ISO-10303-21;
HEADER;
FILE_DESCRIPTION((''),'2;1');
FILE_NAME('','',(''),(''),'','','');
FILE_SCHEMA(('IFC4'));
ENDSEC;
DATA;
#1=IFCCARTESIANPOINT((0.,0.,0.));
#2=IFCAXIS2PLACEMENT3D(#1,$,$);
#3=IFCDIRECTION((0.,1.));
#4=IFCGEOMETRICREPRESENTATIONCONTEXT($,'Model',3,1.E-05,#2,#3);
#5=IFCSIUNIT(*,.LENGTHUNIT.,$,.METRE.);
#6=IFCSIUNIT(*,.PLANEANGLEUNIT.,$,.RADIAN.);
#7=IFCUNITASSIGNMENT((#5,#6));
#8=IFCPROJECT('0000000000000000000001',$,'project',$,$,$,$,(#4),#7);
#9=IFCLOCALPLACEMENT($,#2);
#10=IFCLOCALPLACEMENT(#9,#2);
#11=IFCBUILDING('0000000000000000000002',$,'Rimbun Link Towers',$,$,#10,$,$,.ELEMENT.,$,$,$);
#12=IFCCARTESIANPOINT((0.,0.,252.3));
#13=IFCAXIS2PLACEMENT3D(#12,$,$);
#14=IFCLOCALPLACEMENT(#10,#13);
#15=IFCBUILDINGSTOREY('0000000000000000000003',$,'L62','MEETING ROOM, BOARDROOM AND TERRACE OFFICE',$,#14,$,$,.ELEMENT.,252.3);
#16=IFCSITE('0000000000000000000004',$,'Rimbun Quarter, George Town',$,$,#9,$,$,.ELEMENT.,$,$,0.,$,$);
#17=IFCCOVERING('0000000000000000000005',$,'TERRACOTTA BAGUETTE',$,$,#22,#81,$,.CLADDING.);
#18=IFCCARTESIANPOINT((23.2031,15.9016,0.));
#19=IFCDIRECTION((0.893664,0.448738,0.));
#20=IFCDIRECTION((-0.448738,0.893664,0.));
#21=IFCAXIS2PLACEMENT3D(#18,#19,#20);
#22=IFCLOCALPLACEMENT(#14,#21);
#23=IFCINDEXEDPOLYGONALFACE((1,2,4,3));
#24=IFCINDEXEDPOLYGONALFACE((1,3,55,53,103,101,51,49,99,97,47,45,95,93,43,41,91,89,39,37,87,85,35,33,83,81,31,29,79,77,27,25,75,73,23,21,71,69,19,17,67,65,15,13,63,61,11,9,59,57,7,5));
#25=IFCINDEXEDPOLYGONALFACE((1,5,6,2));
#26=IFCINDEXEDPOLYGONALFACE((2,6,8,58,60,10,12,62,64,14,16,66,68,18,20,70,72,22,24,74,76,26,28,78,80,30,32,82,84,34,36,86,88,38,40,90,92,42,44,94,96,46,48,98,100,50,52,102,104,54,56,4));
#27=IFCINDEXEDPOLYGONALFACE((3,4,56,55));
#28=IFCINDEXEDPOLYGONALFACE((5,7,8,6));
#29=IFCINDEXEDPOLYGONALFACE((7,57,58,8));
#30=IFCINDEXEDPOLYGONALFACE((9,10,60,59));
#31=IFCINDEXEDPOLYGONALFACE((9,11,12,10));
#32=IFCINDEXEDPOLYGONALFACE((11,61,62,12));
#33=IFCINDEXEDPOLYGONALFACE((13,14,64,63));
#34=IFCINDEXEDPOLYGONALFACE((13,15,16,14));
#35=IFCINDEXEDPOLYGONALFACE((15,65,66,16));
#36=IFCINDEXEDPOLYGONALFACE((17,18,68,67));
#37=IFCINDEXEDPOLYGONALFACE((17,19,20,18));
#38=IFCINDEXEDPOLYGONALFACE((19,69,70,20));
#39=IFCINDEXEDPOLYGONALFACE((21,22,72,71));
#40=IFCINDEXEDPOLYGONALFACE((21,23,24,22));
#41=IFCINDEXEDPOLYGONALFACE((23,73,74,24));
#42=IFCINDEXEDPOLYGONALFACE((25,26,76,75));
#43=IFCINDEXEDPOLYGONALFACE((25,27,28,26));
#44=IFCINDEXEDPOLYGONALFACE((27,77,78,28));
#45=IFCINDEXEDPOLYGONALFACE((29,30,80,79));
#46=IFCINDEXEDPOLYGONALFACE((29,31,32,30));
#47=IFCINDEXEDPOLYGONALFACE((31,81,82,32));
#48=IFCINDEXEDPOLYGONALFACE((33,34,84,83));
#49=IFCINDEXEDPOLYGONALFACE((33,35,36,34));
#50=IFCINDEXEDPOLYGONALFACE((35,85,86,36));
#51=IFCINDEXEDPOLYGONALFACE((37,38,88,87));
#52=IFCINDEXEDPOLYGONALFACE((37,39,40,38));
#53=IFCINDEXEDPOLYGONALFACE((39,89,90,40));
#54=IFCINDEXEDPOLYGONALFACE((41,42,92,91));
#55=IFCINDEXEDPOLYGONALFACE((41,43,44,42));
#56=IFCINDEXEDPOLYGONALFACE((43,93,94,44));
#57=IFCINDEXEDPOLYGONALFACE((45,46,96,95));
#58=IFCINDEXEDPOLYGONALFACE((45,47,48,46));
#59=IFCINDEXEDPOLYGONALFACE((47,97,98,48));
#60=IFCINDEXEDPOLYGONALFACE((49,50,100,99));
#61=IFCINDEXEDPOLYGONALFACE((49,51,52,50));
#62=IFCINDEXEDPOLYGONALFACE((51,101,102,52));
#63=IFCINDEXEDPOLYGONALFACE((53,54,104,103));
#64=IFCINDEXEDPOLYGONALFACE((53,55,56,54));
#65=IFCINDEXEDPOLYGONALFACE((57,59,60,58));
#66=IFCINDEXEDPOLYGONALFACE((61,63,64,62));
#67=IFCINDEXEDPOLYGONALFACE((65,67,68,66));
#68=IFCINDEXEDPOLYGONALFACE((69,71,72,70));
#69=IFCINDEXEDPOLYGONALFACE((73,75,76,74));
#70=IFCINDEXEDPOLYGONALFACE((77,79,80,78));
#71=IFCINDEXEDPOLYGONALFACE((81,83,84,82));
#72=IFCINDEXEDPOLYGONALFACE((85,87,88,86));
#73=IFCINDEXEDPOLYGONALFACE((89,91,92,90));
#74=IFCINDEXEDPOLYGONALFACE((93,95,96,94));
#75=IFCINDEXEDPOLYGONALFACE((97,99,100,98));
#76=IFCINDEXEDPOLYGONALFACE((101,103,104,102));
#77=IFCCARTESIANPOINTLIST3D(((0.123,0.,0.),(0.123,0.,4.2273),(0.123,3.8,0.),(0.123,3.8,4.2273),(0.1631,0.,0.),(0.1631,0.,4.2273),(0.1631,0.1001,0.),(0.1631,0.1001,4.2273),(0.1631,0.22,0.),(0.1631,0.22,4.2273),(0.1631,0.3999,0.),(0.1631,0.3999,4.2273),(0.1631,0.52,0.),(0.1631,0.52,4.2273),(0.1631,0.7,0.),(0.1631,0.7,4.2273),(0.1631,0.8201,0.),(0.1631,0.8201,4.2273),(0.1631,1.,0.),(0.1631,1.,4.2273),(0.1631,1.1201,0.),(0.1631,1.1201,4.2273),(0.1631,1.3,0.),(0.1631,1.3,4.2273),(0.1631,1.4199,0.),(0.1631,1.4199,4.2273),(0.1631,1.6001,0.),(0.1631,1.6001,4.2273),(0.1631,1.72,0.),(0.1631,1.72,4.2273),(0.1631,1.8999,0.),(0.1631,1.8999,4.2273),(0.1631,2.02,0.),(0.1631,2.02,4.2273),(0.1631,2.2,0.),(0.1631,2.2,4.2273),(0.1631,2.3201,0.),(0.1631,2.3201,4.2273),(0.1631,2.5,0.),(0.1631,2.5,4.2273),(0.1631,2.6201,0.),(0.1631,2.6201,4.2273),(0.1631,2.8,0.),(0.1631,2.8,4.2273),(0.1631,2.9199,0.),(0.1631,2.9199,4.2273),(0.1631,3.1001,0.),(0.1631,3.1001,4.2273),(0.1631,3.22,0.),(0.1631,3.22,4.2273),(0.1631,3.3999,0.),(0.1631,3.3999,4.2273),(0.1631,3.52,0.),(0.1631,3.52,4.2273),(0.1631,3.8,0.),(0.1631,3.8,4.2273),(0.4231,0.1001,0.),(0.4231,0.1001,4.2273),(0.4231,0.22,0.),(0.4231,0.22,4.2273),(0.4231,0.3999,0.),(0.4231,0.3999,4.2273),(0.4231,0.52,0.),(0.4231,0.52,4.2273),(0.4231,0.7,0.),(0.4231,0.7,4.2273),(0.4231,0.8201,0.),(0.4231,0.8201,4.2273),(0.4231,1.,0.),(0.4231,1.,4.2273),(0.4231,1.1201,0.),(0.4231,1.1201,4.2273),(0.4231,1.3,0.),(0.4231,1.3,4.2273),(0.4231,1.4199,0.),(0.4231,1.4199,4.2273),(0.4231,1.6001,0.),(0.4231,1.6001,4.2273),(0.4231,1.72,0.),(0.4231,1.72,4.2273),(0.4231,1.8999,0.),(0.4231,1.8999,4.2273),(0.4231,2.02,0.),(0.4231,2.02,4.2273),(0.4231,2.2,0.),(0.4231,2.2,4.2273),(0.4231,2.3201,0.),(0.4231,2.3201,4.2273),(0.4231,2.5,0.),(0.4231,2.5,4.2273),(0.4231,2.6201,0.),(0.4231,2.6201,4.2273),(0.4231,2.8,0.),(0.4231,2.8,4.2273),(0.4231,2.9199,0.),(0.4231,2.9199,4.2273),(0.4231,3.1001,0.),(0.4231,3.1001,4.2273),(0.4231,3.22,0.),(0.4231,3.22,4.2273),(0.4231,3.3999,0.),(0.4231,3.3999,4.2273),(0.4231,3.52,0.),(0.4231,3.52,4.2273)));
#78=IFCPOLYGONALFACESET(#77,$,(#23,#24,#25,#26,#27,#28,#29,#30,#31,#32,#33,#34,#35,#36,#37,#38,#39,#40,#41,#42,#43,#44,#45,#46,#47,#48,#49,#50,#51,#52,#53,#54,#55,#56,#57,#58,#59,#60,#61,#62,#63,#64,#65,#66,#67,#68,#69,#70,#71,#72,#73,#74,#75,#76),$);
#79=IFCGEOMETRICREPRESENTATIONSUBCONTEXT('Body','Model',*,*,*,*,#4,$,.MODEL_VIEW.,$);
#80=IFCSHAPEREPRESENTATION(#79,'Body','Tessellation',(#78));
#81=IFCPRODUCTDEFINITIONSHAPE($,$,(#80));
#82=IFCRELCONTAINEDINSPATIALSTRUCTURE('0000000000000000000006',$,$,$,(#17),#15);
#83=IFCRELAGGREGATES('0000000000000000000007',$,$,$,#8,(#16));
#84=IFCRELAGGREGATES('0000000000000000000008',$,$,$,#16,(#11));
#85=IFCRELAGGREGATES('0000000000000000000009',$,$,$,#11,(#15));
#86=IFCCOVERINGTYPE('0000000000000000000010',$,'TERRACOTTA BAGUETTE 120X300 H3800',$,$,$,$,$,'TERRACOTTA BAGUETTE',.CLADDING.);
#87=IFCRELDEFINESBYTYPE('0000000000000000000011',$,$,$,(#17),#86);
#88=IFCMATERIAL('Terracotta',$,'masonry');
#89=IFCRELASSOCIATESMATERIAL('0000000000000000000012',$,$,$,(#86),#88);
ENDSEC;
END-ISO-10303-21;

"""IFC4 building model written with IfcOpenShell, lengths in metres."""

from ifc_helpers import new_model, si_unit, direction, frame, origin, place, context, subcontext, project, spatial, polyline, outline, extrude, material, material_profile, profile_set, type_object, element, save


model = new_model("IFC4")

# Units and contexts
model_context = context("Model", 3, precision=1e-05, world=origin(), true_north=direction((0.0, 1.0)))
body_context = subcontext(model_context, "Body", "Model", "MODEL_VIEW")
ifc_project = project(units=[si_unit("LENGTHUNIT", "METRE"), si_unit("PLANEANGLEUNIT", "RADIAN")], contexts=[model_context])

# Site, building, storey
site_placement = place(None, origin())
site = spatial("IfcSite", under=ifc_project, at=site_placement, Name="Rimbun Quarter, George Town", CompositionType="ELEMENT", RefElevation=0.0)
building_placement = place(site_placement, origin())
building = spatial("IfcBuilding", under=site, at=building_placement, Name="Rimbun Link Towers", CompositionType="ELEMENT")
storey_placement = place(building_placement, frame((0.0, 0.0, 252.3)))
storey = spatial("IfcBuildingStorey", under=building, at=storey_placement, Name="L62", Description="MEETING ROOM, BOARDROOM AND TERRACE OFFICE", CompositionType="ELEMENT", Elevation=252.3)

# Covering
ifc_material_1 = material(Name="Terracotta", Category="masonry")
ifc_material_profile_1 = material_profile(ifc_material_1, outline(polyline([(0.123, 0.0), (0.1631, 0.0), (0.1631, 0.1001), (0.4231, 0.1001), (0.4231, 0.22), (0.1631, 0.22), (0.1631, 0.3999), (0.4231, 0.3999), (0.4231, 0.52), (0.1631, 0.52), (0.1631, 0.7), (0.4231, 0.7), (0.4231, 0.8201), (0.1631, 0.8201), (0.1631, 1.0), (0.4231, 1.0), (0.4231, 1.1201), (0.1631, 1.1201), (0.1631, 1.3), (0.4231, 1.3), (0.4231, 1.4199), (0.1631, 1.4199), (0.1631, 1.6001), (0.4231, 1.6001), (0.4231, 1.72), (0.1631, 1.72), (0.1631, 1.8999), (0.4231, 1.8999), (0.4231, 2.02), (0.1631, 2.02), (0.1631, 2.2), (0.4231, 2.2), (0.4231, 2.3201), (0.1631, 2.3201), (0.1631, 2.5), (0.4231, 2.5), (0.4231, 2.6201), (0.1631, 2.6201), (0.1631, 2.8), (0.4231, 2.8), (0.4231, 2.9199), (0.1631, 2.9199), (0.1631, 3.1001), (0.4231, 3.1001), (0.4231, 3.22), (0.1631, 3.22), (0.1631, 3.3999), (0.4231, 3.3999), (0.4231, 3.52), (0.1631, 3.52), (0.1631, 3.8), (0.123, 3.8), (0.123, 0.0)])), Name="BAGUETTE 120X300")
ifc_profile_set_1 = profile_set([ifc_material_profile_1], Name="Terracotta")
covering_type = type_object("IfcCoveringType", Name="TERRACOTTA BAGUETTE 120X300 H3800", ElementType="TERRACOTTA BAGUETTE", PredefinedType="CLADDING", material=ifc_profile_set_1)
covering_1_placement = place(storey_placement, frame((23.2031, 15.9016, 0.0), z_axis=(0.893664, 0.448738, 0.0), x_axis=(-0.448738, 0.893664, 0.0)))
element("IfcCovering", 1, at=covering_1_placement, inside=storey, type_object=covering_type, Name="TERRACOTTA BAGUETTE", PredefinedType="CLADDING", context=body_context, shape_type="SweptSolid", body=[
    extrude(outline(polyline([(0.123, 0.0), (0.1631, 0.0), (0.1631, 0.1001), (0.4231, 0.1001), (0.4231, 0.22), (0.1631, 0.22), (0.1631, 0.3999), (0.4231, 0.3999), (0.4231, 0.52), (0.1631, 0.52), (0.1631, 0.7), (0.4231, 0.7), (0.4231, 0.8201), (0.1631, 0.8201), (0.1631, 1.0), (0.4231, 1.0), (0.4231, 1.1201), (0.1631, 1.1201), (0.1631, 1.3), (0.4231, 1.3), (0.4231, 1.4199), (0.1631, 1.4199), (0.1631, 1.6001), (0.4231, 1.6001), (0.4231, 1.72), (0.1631, 1.72), (0.1631, 1.8999), (0.4231, 1.8999), (0.4231, 2.02), (0.1631, 2.02), (0.1631, 2.2), (0.4231, 2.2), (0.4231, 2.3201), (0.1631, 2.3201), (0.1631, 2.5), (0.4231, 2.5), (0.4231, 2.6201), (0.1631, 2.6201), (0.1631, 2.8), (0.4231, 2.8), (0.4231, 2.9199), (0.1631, 2.9199), (0.1631, 3.1001), (0.4231, 3.1001), (0.4231, 3.22), (0.1631, 3.22), (0.1631, 3.3999), (0.4231, 3.3999), (0.4231, 3.52), (0.1631, 3.52), (0.1631, 3.8), (0.123, 3.8), (0.123, 0.0)])), origin(), (0.0, 0.0, 1.0), 4.2273),
])

save(model, "model.ifc")
